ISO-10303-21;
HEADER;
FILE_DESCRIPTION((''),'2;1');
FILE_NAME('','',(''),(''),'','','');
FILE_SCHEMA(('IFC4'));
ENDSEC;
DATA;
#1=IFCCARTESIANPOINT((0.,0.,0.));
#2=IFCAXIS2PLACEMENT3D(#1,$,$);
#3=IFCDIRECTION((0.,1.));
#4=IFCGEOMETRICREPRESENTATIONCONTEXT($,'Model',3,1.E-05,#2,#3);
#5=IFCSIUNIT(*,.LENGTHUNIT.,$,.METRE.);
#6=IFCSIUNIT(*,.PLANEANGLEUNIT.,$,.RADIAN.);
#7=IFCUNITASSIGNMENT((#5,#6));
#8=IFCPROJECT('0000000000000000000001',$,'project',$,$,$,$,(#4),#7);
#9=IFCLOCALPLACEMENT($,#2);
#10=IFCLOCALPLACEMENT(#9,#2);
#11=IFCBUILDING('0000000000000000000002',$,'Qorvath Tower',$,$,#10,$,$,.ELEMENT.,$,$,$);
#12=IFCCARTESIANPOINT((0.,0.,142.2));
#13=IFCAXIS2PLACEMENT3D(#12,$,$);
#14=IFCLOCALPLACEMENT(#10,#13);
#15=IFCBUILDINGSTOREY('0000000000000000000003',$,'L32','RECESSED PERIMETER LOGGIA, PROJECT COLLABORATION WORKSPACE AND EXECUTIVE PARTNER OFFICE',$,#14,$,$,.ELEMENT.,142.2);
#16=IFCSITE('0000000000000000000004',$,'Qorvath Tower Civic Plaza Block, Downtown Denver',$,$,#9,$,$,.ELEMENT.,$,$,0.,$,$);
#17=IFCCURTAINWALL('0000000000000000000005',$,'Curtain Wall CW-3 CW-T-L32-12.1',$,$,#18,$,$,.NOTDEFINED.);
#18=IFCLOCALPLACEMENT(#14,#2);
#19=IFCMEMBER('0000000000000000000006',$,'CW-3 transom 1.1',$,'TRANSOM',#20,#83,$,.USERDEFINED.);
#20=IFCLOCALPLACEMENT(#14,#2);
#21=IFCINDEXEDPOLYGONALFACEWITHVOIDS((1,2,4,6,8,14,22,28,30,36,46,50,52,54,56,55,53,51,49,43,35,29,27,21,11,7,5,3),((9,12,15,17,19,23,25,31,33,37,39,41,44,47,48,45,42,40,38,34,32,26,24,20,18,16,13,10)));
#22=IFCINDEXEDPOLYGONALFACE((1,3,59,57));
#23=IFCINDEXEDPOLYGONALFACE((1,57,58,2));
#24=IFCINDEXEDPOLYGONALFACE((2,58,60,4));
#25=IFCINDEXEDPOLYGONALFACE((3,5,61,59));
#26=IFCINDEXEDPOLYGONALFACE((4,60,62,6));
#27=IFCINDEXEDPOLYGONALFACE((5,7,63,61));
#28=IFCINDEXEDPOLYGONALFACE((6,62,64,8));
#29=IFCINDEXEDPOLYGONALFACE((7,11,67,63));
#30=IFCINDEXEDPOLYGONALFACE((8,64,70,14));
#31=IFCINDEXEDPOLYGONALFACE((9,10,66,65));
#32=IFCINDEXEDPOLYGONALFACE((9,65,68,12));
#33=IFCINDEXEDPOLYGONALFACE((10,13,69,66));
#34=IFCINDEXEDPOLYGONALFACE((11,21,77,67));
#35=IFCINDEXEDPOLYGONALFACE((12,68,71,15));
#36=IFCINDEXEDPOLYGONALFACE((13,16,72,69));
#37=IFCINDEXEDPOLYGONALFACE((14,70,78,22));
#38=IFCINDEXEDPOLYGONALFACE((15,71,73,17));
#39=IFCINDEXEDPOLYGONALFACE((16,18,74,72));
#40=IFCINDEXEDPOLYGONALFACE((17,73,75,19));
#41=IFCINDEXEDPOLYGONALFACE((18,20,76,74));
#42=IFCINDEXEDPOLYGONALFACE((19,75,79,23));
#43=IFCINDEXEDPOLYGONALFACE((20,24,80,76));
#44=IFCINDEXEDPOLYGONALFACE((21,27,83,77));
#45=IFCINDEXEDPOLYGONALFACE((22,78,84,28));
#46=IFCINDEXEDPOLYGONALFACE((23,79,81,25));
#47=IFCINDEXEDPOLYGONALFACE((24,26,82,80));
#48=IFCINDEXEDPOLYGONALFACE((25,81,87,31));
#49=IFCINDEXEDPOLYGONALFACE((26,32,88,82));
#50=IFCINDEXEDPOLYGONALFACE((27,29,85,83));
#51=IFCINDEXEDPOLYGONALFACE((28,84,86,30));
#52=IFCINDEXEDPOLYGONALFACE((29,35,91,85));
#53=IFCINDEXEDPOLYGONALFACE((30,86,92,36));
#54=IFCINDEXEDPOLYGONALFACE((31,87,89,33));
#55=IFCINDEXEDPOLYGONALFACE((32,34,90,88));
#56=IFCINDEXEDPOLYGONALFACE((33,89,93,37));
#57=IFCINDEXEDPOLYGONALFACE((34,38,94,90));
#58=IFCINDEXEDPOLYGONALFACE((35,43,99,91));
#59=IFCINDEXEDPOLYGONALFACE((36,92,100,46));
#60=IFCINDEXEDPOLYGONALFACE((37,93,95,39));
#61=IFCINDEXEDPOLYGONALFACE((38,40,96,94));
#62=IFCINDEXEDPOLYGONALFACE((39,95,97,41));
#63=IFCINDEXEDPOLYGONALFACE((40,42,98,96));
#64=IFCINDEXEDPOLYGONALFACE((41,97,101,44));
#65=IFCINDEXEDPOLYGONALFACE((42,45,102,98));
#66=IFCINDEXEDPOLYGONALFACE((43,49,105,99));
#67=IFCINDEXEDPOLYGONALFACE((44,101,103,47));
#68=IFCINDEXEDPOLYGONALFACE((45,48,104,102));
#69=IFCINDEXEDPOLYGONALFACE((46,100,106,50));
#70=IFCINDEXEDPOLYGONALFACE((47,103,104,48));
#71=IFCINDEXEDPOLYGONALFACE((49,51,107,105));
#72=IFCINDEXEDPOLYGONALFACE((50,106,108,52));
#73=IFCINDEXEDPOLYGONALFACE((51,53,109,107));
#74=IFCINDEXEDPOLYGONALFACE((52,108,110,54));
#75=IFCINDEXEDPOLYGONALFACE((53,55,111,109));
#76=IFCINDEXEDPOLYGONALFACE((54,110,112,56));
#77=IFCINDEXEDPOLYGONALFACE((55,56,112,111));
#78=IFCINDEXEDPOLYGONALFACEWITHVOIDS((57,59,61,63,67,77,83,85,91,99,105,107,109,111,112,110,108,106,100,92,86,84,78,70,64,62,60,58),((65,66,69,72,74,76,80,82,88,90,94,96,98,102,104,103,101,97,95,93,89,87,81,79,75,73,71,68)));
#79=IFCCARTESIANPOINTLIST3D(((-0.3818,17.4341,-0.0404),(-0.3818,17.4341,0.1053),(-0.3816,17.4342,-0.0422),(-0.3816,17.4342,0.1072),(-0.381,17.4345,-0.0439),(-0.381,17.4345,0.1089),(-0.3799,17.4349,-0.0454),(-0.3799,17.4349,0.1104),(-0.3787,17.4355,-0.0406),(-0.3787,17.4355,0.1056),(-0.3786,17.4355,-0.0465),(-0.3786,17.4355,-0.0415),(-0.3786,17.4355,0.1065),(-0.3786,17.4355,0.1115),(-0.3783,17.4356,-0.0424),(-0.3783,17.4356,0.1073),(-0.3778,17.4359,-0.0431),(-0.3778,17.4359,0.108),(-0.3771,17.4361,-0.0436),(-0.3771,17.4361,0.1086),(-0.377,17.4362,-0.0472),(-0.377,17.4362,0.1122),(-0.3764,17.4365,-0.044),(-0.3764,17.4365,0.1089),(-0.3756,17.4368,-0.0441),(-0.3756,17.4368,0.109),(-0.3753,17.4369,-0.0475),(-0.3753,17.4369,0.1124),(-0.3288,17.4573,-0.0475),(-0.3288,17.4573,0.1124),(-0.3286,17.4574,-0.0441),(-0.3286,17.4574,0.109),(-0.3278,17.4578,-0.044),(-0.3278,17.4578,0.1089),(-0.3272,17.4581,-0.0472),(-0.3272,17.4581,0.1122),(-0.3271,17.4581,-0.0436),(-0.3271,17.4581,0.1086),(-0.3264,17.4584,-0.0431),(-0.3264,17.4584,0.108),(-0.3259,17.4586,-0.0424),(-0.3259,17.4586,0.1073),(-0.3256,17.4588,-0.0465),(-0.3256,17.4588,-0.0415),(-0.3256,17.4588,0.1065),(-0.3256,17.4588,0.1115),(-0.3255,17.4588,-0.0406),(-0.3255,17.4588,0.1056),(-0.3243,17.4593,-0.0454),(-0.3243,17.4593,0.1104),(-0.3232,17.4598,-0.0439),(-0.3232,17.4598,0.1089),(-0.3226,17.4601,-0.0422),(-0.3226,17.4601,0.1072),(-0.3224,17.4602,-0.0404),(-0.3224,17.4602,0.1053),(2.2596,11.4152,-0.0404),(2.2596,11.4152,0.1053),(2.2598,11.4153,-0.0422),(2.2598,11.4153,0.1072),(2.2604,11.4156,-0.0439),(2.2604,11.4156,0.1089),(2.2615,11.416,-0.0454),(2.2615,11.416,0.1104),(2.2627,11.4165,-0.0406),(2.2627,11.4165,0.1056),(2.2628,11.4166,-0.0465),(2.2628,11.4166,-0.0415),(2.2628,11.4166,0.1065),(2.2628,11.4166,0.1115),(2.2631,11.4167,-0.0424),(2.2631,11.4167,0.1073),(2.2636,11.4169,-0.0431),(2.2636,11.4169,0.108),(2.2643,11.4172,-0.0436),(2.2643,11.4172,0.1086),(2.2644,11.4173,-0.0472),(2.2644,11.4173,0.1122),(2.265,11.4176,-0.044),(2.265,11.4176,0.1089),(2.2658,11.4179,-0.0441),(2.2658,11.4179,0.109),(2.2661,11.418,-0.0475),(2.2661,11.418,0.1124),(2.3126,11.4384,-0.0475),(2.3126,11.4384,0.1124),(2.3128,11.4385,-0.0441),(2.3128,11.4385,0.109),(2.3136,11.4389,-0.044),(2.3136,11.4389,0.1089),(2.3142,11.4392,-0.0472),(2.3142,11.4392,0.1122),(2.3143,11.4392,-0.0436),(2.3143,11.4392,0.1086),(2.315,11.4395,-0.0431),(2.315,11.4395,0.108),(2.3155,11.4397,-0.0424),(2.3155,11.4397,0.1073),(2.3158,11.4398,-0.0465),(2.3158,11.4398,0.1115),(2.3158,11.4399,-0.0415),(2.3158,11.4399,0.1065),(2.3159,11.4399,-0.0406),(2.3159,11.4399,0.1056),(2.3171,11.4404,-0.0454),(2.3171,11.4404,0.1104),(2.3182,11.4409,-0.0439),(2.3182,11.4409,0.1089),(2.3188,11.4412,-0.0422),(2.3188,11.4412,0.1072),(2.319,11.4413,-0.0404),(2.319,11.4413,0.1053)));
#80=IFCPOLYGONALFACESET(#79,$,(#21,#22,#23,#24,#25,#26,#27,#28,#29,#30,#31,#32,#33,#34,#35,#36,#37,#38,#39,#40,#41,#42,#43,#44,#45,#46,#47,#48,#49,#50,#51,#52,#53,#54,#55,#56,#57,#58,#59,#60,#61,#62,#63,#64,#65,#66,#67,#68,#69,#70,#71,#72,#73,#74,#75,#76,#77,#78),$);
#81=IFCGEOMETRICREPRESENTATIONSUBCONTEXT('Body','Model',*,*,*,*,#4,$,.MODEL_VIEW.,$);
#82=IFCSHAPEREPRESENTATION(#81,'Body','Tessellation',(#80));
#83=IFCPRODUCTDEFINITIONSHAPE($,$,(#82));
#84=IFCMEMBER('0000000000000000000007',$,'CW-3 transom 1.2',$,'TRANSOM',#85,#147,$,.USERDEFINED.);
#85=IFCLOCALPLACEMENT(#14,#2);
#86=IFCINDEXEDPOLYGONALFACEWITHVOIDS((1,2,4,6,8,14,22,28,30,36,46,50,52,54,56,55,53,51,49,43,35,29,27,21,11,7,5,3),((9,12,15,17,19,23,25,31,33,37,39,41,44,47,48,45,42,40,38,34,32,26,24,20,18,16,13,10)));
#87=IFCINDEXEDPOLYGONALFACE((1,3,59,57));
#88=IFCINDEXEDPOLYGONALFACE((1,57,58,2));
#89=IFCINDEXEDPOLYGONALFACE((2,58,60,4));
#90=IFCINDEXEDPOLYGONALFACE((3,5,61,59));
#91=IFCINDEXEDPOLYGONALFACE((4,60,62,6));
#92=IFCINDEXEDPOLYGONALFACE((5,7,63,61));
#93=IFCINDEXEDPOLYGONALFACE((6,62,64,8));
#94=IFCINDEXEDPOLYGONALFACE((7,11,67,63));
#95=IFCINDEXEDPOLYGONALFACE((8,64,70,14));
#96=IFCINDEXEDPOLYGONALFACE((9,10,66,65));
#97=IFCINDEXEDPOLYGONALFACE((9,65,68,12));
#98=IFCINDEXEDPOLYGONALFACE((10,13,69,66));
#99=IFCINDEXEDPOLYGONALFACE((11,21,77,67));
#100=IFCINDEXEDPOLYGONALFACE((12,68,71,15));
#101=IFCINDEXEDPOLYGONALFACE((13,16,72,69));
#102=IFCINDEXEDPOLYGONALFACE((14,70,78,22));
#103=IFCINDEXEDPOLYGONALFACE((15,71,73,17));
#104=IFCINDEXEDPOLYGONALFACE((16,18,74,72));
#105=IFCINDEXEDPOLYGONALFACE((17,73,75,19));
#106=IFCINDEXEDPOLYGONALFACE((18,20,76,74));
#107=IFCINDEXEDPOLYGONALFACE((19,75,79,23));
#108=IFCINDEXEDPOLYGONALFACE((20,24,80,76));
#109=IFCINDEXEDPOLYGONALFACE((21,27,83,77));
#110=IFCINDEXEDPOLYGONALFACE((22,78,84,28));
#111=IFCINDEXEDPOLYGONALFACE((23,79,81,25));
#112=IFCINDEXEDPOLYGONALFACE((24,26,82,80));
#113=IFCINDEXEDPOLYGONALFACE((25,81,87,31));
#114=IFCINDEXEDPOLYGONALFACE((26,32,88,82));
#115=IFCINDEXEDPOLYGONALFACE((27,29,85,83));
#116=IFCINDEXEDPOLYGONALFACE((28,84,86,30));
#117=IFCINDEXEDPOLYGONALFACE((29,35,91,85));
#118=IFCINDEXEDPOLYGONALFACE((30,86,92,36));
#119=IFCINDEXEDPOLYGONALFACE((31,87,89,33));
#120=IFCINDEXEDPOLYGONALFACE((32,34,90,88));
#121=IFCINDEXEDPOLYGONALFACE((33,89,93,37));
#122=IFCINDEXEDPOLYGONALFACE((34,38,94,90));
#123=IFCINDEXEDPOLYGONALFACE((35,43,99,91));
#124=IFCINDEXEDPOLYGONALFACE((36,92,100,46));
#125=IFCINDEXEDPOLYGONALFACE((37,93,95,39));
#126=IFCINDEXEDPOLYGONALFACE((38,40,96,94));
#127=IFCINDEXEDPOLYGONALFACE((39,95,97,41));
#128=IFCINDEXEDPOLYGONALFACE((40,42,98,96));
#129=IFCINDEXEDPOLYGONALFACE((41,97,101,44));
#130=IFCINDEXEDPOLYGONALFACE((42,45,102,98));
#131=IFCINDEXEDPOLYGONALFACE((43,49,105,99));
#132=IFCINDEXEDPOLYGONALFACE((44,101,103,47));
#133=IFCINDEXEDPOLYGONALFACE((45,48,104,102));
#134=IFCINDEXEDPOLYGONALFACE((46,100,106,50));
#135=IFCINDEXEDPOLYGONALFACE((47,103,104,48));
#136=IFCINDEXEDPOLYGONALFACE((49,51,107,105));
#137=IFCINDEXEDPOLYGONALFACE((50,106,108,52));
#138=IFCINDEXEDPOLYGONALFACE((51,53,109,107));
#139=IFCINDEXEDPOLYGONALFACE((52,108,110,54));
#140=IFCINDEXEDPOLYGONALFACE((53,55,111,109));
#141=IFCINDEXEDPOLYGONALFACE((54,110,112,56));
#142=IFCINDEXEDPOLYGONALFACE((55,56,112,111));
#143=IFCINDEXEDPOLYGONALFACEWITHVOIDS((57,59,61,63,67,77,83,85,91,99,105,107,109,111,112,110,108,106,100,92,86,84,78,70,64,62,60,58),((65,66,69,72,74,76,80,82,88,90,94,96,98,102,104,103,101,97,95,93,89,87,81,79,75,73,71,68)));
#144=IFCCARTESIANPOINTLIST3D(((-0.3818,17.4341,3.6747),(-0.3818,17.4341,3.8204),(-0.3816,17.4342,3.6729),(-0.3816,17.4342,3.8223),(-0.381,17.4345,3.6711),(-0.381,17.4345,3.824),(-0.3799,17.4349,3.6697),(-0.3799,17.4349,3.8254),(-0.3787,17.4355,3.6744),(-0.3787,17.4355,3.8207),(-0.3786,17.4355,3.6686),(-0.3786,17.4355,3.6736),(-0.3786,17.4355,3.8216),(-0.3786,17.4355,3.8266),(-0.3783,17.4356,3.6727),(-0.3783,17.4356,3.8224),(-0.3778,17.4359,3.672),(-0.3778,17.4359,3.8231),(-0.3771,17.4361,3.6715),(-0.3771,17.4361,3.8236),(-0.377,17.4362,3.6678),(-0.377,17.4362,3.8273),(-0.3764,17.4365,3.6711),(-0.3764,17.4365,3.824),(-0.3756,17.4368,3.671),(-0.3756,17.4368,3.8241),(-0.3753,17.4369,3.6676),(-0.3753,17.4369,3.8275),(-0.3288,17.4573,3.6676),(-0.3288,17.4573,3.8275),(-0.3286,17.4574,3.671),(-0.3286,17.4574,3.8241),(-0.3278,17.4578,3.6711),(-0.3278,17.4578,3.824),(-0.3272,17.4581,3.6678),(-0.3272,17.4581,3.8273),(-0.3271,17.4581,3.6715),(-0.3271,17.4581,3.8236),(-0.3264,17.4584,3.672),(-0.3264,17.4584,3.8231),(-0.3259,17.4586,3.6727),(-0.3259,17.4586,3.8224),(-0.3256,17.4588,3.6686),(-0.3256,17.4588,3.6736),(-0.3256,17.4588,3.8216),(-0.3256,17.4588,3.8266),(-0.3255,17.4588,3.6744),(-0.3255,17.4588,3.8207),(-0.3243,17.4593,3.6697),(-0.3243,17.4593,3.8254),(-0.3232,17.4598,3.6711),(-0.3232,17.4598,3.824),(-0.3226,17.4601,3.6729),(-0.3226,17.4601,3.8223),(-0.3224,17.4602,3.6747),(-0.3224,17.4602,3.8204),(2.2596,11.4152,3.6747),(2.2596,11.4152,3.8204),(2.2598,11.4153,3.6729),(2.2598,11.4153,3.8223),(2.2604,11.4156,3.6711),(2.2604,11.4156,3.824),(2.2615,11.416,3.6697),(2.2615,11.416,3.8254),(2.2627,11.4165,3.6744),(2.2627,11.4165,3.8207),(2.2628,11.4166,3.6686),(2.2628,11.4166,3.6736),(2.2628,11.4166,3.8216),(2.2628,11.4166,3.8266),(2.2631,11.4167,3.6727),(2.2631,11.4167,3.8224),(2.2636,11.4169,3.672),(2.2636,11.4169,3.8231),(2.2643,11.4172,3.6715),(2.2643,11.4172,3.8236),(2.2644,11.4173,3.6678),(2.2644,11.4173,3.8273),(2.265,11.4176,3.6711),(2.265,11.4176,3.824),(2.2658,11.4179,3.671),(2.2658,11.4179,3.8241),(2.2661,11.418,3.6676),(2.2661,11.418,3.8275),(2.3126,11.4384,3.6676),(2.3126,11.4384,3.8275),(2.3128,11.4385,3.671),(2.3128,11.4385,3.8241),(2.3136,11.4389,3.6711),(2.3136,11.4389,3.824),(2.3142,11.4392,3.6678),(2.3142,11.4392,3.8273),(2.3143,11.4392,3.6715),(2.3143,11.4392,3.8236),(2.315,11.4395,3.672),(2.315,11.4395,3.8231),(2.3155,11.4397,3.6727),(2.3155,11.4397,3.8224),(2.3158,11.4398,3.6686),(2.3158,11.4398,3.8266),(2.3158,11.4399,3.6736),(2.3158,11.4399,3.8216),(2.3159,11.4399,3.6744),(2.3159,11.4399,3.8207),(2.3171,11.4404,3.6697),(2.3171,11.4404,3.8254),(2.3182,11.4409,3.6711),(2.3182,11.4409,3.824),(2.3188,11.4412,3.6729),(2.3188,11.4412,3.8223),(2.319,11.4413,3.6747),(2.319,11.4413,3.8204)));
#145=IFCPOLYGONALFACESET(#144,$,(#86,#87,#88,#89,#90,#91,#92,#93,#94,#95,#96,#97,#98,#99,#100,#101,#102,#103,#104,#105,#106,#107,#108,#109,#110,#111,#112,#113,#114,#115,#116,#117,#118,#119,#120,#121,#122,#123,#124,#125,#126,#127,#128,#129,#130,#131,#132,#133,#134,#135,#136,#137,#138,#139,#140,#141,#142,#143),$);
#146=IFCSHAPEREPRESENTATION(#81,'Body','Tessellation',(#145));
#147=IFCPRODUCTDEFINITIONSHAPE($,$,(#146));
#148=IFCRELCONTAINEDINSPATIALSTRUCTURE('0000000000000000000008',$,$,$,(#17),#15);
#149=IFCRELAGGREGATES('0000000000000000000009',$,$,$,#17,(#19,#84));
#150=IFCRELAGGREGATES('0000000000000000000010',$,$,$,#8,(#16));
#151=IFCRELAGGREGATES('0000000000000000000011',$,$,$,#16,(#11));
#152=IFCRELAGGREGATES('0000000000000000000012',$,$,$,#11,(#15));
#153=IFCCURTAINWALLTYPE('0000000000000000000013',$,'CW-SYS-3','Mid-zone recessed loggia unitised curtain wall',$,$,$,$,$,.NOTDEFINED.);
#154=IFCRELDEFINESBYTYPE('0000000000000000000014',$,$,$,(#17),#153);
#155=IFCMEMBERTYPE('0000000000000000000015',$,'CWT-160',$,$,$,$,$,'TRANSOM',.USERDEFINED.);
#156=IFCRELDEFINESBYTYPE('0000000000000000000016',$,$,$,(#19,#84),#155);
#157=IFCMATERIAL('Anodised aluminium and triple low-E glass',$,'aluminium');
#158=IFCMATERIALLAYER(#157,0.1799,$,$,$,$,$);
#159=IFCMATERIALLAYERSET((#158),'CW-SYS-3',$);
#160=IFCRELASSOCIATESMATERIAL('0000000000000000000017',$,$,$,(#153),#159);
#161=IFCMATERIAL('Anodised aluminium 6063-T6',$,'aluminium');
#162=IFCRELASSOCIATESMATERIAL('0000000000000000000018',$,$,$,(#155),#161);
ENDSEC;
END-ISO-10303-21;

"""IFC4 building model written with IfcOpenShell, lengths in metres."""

from ifc_helpers import new_model, si_unit, direction, frame, origin, origin_2d, place, context, subcontext, project, spatial, hollow_rectangle, extrude, material, layer, layer_set, material_profile, profile_set, type_object, element, aggregate, save


model = new_model("IFC4")

# Units and contexts
model_context = context("Model", 3, precision=1e-05, world=origin(), true_north=direction((0.0, 1.0)))
body_context = subcontext(model_context, "Body", "Model", "MODEL_VIEW")
ifc_project = project(units=[si_unit("LENGTHUNIT", "METRE"), si_unit("PLANEANGLEUNIT", "RADIAN")], contexts=[model_context])

# Site, building, storey
site_placement = place(None, origin())
site = spatial("IfcSite", under=ifc_project, at=site_placement, Name="Qorvath Tower Civic Plaza Block, Downtown Denver", CompositionType="ELEMENT", RefElevation=0.0)
building_placement = place(site_placement, origin())
building = spatial("IfcBuilding", under=site, at=building_placement, Name="Qorvath Tower", CompositionType="ELEMENT")
storey_placement = place(building_placement, frame((0.0, 0.0, 142.2)))
storey = spatial("IfcBuildingStorey", under=building, at=storey_placement, Name="L32", Description="RECESSED PERIMETER LOGGIA, PROJECT COLLABORATION WORKSPACE AND EXECUTIVE PARTNER OFFICE", CompositionType="ELEMENT", Elevation=142.2)

# Shared definitions
ifc_material_1 = material(Name="Anodised aluminium and triple low-E glass", Category="aluminium")
ifc_layer_1 = layer(ifc_material_1, 0.1799)
ifc_layer_set_1 = layer_set([ifc_layer_1], Name="CW-SYS-3")
curtain_wall_type = type_object("IfcCurtainWallType", Name="CW-SYS-3", Description="Mid-zone recessed loggia unitised curtain wall", PredefinedType="NOTDEFINED", material=ifc_layer_set_1)

# Curtain wall
curtain_wall_1_placement = place(storey_placement, origin())
curtain_wall_1 = element("IfcCurtainWall", 1, at=curtain_wall_1_placement, inside=storey, type_object=curtain_wall_type, Name="Curtain Wall CW-3 CW-T-L32-12.1", PredefinedType="NOTDEFINED")

# Members
ifc_material_2 = material(Name="Anodised aluminium 6063-T6", Category="aluminium")
ifc_material_profile_1 = material_profile(ifc_material_2, hollow_rectangle(XDim=0.0649, YDim=0.1599, WallThickness=0.0034, InnerFilletRadius=0.0034, OuterFilletRadius=0.0071, at=origin_2d()), Name="CWT 160x65")
ifc_profile_set_1 = profile_set([ifc_material_profile_1], Name="Anodised aluminium 6063-T6")
member_type_1 = type_object("IfcMemberType", Name="CWT-160", ElementType="TRANSOM", PredefinedType="USERDEFINED", material=ifc_profile_set_1)
member_1_placement = place(storey_placement, frame((2.2893, 11.4282, 0.0325), z_axis=(-0.401857, 0.915702, 0.0), x_axis=(-0.915702, -0.401857, 0.0)))
member_1 = element("IfcMember", 2, at=member_1_placement, type_object=member_type_1, Name="CW-3 transom 1.1", ObjectType="TRANSOM", PredefinedType="USERDEFINED", context=body_context, shape_type="SweptSolid", body=[
    extrude(hollow_rectangle(XDim=0.0649, YDim=0.1599, WallThickness=0.0034, InnerFilletRadius=0.0034, OuterFilletRadius=0.0071, at=origin_2d()), origin(), (0.0, 0.0, 1.0), 6.573),
])
member_2_placement = place(storey_placement, frame((2.2893, 11.4282, 3.7476), z_axis=(-0.401857, 0.915702, 0.0), x_axis=(-0.915702, -0.401857, 0.0)))
member_2 = element("IfcMember", 3, at=member_2_placement, type_object=member_type_1, Name="CW-3 transom 1.2", ObjectType="TRANSOM", PredefinedType="USERDEFINED", context=body_context, shape_type="SweptSolid", body=[
    extrude(hollow_rectangle(XDim=0.0649, YDim=0.1599, WallThickness=0.0034, InnerFilletRadius=0.0034, OuterFilletRadius=0.0071, at=origin_2d()), origin(), (0.0, 0.0, 1.0), 6.573),
])

aggregate(curtain_wall_1, [member_1, member_2])

save(model, "model.ifc")
